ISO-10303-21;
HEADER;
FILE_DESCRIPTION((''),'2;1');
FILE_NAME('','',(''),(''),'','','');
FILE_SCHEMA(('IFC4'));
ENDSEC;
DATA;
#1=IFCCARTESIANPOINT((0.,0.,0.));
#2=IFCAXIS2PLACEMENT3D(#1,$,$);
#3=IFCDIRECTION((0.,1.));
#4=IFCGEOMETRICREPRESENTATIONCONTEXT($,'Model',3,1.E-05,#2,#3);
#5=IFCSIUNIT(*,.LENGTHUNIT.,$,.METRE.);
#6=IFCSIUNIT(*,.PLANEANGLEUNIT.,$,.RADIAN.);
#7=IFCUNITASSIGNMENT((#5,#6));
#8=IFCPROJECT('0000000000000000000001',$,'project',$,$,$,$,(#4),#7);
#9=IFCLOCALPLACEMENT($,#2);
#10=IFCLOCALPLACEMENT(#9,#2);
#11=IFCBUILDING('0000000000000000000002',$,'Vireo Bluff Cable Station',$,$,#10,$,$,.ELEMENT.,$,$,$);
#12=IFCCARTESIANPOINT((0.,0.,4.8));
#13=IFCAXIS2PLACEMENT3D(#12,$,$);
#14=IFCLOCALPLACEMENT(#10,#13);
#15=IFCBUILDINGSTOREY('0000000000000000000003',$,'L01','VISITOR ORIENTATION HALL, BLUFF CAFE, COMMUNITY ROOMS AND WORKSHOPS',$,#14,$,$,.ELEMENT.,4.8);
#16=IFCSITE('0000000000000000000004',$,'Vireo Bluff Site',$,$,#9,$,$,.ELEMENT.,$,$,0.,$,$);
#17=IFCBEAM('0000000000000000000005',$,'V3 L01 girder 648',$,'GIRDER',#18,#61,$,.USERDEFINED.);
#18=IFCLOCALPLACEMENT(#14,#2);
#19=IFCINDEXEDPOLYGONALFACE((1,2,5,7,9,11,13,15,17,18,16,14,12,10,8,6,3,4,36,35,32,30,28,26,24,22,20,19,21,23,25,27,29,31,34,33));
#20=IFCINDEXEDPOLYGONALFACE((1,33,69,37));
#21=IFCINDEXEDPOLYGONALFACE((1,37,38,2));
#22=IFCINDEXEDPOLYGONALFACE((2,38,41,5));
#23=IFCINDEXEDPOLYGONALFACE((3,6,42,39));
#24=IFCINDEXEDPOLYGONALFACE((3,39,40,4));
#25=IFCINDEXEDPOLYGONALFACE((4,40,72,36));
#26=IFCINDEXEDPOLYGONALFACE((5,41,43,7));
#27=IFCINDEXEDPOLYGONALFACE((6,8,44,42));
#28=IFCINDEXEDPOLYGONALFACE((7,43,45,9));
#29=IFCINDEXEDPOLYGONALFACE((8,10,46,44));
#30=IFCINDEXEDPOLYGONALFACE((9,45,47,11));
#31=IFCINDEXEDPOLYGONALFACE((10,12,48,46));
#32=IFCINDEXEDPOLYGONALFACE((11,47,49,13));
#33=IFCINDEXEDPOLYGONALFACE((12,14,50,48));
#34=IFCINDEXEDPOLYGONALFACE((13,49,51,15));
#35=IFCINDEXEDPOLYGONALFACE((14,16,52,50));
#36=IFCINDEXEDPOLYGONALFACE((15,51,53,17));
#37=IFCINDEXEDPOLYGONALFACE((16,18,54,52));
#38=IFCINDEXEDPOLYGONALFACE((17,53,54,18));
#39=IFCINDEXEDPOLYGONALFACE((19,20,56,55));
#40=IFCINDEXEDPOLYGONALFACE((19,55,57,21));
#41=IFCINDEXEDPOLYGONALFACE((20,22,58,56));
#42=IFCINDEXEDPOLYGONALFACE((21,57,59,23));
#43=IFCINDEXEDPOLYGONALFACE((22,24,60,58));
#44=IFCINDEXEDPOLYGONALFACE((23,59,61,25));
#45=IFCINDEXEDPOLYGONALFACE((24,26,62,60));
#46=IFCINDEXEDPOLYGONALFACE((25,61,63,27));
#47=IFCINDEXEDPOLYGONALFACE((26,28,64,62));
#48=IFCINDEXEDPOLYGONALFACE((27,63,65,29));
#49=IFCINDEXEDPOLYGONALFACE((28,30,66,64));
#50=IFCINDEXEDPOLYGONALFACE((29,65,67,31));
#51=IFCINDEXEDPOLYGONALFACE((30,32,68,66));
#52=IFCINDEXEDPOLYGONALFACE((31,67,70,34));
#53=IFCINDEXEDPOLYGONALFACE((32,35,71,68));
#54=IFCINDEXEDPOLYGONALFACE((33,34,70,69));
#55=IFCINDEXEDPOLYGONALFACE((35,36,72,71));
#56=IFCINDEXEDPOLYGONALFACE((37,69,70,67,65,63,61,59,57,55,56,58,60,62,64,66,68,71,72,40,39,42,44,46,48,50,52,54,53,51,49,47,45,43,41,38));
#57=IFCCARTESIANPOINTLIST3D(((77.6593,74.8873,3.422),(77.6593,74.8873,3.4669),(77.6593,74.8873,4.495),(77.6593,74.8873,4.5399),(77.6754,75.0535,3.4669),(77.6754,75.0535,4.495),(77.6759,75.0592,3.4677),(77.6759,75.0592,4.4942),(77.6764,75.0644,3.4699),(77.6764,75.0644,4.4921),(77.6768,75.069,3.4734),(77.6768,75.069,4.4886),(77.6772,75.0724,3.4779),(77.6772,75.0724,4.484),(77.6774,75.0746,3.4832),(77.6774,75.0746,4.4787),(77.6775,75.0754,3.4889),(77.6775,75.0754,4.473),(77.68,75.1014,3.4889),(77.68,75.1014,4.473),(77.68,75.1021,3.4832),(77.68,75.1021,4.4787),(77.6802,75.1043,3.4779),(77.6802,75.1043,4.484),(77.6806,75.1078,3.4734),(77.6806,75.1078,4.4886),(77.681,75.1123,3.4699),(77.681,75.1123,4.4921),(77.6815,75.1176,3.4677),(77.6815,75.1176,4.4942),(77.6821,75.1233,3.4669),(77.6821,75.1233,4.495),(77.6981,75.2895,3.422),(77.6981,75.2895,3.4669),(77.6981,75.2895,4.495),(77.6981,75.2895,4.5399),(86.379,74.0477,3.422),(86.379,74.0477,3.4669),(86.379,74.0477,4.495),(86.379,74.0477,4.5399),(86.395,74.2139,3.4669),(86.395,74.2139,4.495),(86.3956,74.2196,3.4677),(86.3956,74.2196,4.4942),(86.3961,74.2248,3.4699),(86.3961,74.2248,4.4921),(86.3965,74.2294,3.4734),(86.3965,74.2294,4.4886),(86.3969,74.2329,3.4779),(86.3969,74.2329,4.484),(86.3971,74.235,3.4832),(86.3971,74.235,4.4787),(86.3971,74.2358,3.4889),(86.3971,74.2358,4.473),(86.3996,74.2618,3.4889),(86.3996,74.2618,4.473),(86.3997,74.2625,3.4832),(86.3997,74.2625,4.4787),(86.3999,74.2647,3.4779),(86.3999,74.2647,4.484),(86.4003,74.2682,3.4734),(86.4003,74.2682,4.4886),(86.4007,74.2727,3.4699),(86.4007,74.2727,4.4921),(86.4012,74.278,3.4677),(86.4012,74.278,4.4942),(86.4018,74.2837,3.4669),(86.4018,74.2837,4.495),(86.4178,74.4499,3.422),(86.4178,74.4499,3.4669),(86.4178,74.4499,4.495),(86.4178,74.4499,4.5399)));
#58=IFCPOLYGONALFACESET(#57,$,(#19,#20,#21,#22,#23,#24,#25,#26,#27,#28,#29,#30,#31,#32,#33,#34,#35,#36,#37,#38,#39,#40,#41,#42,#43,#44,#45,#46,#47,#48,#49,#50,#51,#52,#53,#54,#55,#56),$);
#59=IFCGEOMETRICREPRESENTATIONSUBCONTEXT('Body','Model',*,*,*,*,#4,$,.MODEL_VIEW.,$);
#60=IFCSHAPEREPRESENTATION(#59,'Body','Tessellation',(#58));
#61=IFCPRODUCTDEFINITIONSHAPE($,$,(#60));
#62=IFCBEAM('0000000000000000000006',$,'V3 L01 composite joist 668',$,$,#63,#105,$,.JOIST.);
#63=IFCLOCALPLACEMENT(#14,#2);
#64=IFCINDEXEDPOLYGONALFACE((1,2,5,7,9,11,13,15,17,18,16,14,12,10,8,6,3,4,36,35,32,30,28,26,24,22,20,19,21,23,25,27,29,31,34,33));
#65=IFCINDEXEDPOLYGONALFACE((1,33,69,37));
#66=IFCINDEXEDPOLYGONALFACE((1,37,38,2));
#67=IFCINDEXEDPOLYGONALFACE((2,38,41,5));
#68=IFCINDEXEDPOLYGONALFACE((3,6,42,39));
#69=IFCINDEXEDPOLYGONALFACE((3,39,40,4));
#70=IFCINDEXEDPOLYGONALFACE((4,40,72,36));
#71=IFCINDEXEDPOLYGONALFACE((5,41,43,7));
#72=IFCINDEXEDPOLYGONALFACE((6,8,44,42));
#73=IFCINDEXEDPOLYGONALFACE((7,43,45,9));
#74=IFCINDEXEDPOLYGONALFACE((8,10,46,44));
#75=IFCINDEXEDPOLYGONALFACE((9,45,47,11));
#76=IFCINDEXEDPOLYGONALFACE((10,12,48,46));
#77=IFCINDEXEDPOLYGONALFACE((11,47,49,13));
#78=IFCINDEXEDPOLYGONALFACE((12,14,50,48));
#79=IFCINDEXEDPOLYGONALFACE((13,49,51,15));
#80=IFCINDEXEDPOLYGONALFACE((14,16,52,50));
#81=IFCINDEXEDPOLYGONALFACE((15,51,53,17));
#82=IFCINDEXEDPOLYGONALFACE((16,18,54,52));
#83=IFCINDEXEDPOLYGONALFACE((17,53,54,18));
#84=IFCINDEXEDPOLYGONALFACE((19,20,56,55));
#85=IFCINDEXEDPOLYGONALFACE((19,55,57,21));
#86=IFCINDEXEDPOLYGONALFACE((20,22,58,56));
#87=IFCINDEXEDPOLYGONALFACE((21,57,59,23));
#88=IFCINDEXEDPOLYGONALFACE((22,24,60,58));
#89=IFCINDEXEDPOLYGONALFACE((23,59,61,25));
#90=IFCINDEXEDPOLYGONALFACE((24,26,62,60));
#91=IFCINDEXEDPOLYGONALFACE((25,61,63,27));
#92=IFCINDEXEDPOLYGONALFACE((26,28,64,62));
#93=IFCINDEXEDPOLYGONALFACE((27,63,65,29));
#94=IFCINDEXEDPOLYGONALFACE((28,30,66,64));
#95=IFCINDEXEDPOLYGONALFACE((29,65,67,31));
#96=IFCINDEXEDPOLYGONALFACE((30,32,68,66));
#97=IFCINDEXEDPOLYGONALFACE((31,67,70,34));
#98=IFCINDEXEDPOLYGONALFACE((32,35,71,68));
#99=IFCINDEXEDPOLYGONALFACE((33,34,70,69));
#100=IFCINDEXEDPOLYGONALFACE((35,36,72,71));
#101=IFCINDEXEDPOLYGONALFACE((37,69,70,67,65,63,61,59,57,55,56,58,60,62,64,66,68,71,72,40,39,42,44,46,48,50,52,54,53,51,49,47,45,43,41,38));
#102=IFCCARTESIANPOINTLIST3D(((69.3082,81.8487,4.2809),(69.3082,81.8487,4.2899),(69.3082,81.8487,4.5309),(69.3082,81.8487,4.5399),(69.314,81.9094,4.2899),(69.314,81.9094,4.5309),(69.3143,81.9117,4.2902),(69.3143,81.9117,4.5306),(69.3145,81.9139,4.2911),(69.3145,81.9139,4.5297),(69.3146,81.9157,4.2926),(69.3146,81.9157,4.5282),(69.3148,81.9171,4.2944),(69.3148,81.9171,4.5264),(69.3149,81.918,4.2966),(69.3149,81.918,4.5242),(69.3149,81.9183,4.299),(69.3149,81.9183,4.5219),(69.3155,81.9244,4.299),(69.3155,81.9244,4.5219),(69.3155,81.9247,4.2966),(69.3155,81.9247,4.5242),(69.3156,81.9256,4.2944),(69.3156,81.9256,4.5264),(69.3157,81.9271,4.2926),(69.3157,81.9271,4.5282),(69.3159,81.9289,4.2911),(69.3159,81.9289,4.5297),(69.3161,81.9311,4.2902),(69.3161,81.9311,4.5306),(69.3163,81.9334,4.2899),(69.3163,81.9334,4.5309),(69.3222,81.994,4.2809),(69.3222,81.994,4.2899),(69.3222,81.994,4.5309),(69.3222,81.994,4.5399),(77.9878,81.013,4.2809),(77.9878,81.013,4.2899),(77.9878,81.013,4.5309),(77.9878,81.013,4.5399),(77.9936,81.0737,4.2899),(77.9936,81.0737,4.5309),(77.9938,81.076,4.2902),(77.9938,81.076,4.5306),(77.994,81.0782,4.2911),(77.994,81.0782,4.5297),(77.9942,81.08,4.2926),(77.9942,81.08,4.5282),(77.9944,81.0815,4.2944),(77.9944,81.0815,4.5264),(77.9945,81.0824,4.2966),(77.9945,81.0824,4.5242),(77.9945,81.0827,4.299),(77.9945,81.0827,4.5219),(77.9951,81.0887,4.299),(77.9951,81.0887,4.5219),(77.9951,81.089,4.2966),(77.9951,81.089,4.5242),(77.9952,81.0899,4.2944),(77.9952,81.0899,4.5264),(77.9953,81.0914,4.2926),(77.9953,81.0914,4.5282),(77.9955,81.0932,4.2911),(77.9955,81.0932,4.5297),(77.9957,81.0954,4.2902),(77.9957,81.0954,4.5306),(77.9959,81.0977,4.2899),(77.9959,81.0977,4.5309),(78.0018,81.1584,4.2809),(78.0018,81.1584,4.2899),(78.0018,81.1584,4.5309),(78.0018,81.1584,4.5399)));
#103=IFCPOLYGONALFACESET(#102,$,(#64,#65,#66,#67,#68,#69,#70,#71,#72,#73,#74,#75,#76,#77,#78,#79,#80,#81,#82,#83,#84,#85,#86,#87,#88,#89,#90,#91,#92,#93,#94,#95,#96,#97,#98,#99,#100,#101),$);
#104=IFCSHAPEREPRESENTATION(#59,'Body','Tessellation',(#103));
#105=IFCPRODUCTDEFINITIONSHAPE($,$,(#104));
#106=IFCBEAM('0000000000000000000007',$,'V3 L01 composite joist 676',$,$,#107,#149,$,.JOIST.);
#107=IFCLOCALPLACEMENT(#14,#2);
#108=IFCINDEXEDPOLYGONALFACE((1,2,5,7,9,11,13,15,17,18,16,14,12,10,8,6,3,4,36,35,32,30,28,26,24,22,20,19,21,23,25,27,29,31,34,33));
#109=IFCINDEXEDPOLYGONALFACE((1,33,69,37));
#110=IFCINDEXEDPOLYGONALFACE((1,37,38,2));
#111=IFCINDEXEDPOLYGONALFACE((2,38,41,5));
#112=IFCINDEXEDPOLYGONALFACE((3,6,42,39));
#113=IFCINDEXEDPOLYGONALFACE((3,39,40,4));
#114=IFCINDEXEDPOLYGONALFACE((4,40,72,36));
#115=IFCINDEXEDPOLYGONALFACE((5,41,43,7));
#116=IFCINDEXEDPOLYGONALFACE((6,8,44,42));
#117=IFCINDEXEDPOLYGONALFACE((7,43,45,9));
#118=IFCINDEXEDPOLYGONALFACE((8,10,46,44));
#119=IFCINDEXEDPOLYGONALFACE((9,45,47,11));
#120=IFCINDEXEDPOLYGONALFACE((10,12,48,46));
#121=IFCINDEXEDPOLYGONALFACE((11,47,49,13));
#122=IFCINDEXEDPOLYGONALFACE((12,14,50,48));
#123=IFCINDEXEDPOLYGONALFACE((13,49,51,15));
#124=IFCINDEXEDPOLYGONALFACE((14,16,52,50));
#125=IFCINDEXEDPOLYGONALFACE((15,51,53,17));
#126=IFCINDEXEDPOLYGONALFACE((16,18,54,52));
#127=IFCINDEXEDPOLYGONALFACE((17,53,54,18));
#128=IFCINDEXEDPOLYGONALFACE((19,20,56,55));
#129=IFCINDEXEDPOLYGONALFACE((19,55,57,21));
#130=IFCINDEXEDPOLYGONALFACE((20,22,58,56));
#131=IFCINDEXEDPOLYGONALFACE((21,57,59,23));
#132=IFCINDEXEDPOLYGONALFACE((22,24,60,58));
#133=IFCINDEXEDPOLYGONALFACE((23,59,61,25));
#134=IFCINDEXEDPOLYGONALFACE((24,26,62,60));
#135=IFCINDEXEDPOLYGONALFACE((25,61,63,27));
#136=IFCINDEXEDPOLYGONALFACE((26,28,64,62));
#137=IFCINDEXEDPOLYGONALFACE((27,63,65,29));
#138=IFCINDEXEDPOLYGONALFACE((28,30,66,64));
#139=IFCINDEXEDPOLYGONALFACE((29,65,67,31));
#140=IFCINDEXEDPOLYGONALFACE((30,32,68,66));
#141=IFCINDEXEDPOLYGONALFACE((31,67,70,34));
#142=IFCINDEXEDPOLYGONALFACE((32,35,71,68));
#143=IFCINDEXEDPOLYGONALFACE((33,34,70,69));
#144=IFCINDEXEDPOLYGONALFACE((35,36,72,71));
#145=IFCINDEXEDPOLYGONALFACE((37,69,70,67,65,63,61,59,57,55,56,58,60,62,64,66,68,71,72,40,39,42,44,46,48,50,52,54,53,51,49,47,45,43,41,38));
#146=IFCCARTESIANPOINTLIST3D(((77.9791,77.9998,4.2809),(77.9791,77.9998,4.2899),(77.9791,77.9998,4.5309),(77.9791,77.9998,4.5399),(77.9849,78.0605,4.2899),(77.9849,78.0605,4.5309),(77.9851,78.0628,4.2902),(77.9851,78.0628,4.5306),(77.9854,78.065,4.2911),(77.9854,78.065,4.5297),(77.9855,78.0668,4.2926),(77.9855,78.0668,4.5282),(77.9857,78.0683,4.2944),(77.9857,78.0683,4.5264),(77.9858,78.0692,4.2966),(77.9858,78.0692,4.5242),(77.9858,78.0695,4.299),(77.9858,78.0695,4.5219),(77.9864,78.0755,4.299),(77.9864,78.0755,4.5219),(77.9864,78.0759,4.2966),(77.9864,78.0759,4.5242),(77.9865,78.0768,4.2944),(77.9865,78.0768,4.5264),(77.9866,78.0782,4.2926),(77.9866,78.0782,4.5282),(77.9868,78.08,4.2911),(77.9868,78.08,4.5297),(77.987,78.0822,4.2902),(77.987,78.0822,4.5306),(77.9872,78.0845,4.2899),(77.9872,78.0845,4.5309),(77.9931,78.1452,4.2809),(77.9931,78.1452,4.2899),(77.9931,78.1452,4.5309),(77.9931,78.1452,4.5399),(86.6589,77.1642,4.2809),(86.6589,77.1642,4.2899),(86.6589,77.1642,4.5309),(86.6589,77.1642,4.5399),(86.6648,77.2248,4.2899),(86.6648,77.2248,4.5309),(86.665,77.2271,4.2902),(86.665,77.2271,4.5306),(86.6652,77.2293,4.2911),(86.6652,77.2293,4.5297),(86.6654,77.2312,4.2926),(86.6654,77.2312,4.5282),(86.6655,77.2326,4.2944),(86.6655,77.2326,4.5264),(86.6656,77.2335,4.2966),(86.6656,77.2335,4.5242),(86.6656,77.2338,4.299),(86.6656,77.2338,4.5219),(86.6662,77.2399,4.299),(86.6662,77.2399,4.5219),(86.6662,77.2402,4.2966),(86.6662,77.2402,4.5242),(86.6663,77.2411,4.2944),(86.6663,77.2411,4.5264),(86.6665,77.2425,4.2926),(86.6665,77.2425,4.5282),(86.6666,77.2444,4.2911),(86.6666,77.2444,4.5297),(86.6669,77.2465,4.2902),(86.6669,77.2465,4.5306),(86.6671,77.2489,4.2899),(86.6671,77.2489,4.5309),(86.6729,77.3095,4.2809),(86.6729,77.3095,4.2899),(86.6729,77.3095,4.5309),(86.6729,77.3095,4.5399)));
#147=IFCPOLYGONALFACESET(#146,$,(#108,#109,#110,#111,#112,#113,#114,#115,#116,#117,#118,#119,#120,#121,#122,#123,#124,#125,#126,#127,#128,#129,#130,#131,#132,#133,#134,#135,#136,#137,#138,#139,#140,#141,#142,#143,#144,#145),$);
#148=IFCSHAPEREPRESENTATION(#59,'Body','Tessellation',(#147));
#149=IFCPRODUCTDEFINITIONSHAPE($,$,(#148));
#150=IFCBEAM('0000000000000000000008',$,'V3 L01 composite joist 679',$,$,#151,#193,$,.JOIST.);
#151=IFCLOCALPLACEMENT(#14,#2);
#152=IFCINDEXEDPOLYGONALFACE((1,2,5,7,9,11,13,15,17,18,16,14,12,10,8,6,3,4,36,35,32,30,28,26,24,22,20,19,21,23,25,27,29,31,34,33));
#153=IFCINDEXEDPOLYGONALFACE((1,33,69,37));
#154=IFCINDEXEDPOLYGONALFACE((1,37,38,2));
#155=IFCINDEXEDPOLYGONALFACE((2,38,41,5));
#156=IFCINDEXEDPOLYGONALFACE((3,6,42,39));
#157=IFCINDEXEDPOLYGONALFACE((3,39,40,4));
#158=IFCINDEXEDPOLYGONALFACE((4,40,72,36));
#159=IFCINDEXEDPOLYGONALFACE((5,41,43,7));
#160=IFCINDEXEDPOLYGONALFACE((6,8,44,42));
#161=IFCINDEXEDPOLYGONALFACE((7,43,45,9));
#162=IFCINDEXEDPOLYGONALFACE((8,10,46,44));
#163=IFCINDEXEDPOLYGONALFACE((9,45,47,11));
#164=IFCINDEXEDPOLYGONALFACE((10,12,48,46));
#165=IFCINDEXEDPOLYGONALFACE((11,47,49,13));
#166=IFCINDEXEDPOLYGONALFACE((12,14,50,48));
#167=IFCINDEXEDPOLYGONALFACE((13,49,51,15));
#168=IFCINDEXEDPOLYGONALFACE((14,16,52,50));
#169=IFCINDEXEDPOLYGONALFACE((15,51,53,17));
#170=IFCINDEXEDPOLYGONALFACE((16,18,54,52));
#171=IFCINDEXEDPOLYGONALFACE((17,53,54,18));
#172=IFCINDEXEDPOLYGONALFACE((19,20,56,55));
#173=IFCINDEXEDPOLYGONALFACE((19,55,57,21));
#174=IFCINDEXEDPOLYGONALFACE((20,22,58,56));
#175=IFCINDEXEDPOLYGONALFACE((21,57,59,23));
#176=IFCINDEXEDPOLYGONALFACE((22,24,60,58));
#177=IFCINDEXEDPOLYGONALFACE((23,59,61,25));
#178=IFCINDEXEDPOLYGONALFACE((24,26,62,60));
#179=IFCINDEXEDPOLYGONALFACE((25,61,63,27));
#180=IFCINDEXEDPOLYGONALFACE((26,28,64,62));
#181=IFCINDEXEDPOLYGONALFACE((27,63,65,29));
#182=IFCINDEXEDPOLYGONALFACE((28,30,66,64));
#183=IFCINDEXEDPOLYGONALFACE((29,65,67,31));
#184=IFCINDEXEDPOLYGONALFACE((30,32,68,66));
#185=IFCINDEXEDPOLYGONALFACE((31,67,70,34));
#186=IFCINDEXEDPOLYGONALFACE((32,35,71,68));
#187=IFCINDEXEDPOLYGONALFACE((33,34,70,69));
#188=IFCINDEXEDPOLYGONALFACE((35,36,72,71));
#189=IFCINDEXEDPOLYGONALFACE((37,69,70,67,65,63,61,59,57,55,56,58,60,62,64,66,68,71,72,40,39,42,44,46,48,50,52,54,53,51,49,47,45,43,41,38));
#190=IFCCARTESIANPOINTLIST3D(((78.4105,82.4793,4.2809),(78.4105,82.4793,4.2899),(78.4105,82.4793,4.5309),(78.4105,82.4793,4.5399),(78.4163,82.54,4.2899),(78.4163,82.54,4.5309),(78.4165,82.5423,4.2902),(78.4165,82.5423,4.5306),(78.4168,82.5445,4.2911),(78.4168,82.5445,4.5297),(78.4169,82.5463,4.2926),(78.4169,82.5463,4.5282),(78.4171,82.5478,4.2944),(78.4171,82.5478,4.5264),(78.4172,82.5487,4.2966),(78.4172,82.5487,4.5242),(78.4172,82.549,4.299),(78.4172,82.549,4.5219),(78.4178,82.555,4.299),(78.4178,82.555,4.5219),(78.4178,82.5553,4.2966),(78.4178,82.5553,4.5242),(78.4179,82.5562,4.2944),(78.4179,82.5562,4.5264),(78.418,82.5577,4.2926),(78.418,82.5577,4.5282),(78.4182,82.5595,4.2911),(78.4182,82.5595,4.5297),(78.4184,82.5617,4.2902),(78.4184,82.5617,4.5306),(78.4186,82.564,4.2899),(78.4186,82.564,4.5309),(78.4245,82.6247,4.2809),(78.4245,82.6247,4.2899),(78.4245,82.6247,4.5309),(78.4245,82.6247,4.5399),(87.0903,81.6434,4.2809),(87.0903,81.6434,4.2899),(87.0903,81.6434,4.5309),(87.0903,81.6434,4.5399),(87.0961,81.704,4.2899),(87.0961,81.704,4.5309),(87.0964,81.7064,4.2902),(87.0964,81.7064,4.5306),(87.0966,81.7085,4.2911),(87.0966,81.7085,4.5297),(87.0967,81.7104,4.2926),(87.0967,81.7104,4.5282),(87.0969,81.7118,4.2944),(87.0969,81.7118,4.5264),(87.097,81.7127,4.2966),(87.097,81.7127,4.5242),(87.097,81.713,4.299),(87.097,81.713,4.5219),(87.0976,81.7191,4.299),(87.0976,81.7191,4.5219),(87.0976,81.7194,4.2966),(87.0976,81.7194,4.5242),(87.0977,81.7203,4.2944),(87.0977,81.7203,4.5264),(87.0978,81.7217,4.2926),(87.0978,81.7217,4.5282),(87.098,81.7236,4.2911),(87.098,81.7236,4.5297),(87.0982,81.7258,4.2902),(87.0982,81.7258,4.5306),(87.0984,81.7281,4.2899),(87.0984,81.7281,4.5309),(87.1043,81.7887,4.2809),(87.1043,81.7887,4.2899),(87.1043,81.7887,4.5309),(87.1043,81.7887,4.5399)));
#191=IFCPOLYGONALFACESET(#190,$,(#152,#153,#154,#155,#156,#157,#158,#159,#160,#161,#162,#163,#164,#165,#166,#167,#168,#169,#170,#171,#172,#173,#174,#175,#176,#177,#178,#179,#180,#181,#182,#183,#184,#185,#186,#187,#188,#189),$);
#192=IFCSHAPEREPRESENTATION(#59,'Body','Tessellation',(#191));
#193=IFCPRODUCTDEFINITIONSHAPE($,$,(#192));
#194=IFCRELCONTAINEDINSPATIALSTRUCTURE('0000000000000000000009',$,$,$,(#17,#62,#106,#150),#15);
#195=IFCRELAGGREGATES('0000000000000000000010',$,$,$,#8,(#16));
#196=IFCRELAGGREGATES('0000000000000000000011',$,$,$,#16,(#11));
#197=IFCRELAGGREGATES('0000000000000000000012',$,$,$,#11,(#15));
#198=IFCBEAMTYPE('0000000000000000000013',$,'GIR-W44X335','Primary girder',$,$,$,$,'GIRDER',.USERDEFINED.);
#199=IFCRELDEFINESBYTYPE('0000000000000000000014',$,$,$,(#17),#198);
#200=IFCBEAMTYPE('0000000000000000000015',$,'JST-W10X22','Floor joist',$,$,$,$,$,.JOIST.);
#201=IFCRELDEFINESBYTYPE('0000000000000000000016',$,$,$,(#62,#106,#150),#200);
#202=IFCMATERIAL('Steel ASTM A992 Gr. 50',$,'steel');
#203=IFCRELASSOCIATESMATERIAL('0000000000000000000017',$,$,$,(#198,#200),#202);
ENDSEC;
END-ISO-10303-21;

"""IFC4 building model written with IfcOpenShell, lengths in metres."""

from ifc_helpers import new_model, si_unit, direction, frame, origin, origin_2d, place, context, subcontext, project, spatial, i_section, extrude, material, material_profile, profile_set, type_object, element, save


model = new_model("IFC4")

# Units and contexts
model_context = context("Model", 3, precision=1e-05, world=origin(), true_north=direction((0.0, 1.0)))
body_context = subcontext(model_context, "Body", "Model", "MODEL_VIEW")
ifc_project = project(units=[si_unit("LENGTHUNIT", "METRE"), si_unit("PLANEANGLEUNIT", "RADIAN")], contexts=[model_context])

# Site, building, storey
site_placement = place(None, origin())
site = spatial("IfcSite", under=ifc_project, at=site_placement, Name="Vireo Bluff Site", CompositionType="ELEMENT", RefElevation=0.0)
building_placement = place(site_placement, origin())
building = spatial("IfcBuilding", under=site, at=building_placement, Name="Vireo Bluff Cable Station", CompositionType="ELEMENT")
storey_placement = place(building_placement, frame((0.0, 0.0, 4.8)))
storey = spatial("IfcBuildingStorey", under=building, at=storey_placement, Name="L01", Description="VISITOR ORIENTATION HALL, BLUFF CAFE, COMMUNITY ROOMS AND WORKSHOPS", CompositionType="ELEMENT", Elevation=4.8)

# Shared definitions
ifc_material_1 = material(Name="Steel ASTM A992 Gr. 50", Category="steel")

# Beams
ifc_material_profile_1 = material_profile(ifc_material_1, i_section(OverallWidth=0.4041, OverallDepth=1.1179, WebThickness=0.0261, FlangeThickness=0.0449, FilletRadius=0.022, at=origin_2d()), Name="W44X335")
ifc_profile_set_1 = profile_set([ifc_material_profile_1], Name="Steel ASTM A992 Gr. 50")
beam_type_1 = type_object("IfcBeamType", Name="GIR-W44X335", Description="Primary girder", ElementType="GIRDER", PredefinedType="USERDEFINED", material=ifc_profile_set_1)
beam_1_placement = place(storey_placement, frame((77.6787, 75.0884, 3.981), z_axis=(0.995396, -0.095844, 0.0), x_axis=(0.095844, 0.995396, 0.0)))
element("IfcBeam", 1, at=beam_1_placement, inside=storey, type_object=beam_type_1, Name="V3 L01 girder 648", ObjectType="GIRDER", PredefinedType="USERDEFINED", context=body_context, shape_type="SweptSolid", body=[
    extrude(i_section(OverallWidth=0.4041, OverallDepth=1.1179, WebThickness=0.0261, FlangeThickness=0.0449, FilletRadius=0.022, at=origin_2d()), origin(), (0.0, 0.0, 1.0), 8.76),
])
ifc_material_profile_2 = material_profile(ifc_material_1, i_section(OverallWidth=0.146, OverallDepth=0.259, WebThickness=0.0061, FlangeThickness=0.009, FilletRadius=0.009, at=origin_2d()), Name="W10X22")
ifc_profile_set_2 = profile_set([ifc_material_profile_2], Name="Steel ASTM A992 Gr. 50")
beam_type_2 = type_object("IfcBeamType", Name="JST-W10X22", Description="Floor joist", PredefinedType="JOIST", material=ifc_profile_set_2)
beam_2_placement = place(storey_placement, frame((69.3152, 81.9214, 4.4104), z_axis=(0.995397, -0.095838, 0.0), x_axis=(0.095838, 0.995397, 0.0)))
element("IfcBeam", 2, at=beam_2_placement, inside=storey, type_object=beam_type_2, Name="V3 L01 composite joist 668", PredefinedType="JOIST", context=body_context, shape_type="SweptSolid", body=[
    extrude(i_section(OverallWidth=0.146, OverallDepth=0.259, WebThickness=0.0061, FlangeThickness=0.009, FilletRadius=0.009, at=origin_2d()), origin(), (0.0, 0.0, 1.0), 8.7197),
])
for number, where, z_axis, x_axis, name in (
    (3, (77.9861, 78.0725, 4.4104), (0.995397, -0.095836, 0.0), (0.095836, 0.995397, 0.0), "V3 L01 composite joist 676"),
    (4, (78.4175, 82.552, 4.4104), (0.995395, -0.095863, 0.0), (0.095863, 0.995395, 0.0), "V3 L01 composite joist 679"),
):
    element("IfcBeam", number, at=place(storey_placement, frame(where, z_axis=z_axis, x_axis=x_axis)), inside=storey, type_object=beam_type_2, Name=name, PredefinedType="JOIST", context=body_context, shape_type="SweptSolid", body=[
        extrude(i_section(OverallWidth=0.146, OverallDepth=0.259, WebThickness=0.0061, FlangeThickness=0.009, FilletRadius=0.009, at=origin_2d()), origin(), (0.0, 0.0, 1.0), 8.72),
    ])

save(model, "model.ifc")
